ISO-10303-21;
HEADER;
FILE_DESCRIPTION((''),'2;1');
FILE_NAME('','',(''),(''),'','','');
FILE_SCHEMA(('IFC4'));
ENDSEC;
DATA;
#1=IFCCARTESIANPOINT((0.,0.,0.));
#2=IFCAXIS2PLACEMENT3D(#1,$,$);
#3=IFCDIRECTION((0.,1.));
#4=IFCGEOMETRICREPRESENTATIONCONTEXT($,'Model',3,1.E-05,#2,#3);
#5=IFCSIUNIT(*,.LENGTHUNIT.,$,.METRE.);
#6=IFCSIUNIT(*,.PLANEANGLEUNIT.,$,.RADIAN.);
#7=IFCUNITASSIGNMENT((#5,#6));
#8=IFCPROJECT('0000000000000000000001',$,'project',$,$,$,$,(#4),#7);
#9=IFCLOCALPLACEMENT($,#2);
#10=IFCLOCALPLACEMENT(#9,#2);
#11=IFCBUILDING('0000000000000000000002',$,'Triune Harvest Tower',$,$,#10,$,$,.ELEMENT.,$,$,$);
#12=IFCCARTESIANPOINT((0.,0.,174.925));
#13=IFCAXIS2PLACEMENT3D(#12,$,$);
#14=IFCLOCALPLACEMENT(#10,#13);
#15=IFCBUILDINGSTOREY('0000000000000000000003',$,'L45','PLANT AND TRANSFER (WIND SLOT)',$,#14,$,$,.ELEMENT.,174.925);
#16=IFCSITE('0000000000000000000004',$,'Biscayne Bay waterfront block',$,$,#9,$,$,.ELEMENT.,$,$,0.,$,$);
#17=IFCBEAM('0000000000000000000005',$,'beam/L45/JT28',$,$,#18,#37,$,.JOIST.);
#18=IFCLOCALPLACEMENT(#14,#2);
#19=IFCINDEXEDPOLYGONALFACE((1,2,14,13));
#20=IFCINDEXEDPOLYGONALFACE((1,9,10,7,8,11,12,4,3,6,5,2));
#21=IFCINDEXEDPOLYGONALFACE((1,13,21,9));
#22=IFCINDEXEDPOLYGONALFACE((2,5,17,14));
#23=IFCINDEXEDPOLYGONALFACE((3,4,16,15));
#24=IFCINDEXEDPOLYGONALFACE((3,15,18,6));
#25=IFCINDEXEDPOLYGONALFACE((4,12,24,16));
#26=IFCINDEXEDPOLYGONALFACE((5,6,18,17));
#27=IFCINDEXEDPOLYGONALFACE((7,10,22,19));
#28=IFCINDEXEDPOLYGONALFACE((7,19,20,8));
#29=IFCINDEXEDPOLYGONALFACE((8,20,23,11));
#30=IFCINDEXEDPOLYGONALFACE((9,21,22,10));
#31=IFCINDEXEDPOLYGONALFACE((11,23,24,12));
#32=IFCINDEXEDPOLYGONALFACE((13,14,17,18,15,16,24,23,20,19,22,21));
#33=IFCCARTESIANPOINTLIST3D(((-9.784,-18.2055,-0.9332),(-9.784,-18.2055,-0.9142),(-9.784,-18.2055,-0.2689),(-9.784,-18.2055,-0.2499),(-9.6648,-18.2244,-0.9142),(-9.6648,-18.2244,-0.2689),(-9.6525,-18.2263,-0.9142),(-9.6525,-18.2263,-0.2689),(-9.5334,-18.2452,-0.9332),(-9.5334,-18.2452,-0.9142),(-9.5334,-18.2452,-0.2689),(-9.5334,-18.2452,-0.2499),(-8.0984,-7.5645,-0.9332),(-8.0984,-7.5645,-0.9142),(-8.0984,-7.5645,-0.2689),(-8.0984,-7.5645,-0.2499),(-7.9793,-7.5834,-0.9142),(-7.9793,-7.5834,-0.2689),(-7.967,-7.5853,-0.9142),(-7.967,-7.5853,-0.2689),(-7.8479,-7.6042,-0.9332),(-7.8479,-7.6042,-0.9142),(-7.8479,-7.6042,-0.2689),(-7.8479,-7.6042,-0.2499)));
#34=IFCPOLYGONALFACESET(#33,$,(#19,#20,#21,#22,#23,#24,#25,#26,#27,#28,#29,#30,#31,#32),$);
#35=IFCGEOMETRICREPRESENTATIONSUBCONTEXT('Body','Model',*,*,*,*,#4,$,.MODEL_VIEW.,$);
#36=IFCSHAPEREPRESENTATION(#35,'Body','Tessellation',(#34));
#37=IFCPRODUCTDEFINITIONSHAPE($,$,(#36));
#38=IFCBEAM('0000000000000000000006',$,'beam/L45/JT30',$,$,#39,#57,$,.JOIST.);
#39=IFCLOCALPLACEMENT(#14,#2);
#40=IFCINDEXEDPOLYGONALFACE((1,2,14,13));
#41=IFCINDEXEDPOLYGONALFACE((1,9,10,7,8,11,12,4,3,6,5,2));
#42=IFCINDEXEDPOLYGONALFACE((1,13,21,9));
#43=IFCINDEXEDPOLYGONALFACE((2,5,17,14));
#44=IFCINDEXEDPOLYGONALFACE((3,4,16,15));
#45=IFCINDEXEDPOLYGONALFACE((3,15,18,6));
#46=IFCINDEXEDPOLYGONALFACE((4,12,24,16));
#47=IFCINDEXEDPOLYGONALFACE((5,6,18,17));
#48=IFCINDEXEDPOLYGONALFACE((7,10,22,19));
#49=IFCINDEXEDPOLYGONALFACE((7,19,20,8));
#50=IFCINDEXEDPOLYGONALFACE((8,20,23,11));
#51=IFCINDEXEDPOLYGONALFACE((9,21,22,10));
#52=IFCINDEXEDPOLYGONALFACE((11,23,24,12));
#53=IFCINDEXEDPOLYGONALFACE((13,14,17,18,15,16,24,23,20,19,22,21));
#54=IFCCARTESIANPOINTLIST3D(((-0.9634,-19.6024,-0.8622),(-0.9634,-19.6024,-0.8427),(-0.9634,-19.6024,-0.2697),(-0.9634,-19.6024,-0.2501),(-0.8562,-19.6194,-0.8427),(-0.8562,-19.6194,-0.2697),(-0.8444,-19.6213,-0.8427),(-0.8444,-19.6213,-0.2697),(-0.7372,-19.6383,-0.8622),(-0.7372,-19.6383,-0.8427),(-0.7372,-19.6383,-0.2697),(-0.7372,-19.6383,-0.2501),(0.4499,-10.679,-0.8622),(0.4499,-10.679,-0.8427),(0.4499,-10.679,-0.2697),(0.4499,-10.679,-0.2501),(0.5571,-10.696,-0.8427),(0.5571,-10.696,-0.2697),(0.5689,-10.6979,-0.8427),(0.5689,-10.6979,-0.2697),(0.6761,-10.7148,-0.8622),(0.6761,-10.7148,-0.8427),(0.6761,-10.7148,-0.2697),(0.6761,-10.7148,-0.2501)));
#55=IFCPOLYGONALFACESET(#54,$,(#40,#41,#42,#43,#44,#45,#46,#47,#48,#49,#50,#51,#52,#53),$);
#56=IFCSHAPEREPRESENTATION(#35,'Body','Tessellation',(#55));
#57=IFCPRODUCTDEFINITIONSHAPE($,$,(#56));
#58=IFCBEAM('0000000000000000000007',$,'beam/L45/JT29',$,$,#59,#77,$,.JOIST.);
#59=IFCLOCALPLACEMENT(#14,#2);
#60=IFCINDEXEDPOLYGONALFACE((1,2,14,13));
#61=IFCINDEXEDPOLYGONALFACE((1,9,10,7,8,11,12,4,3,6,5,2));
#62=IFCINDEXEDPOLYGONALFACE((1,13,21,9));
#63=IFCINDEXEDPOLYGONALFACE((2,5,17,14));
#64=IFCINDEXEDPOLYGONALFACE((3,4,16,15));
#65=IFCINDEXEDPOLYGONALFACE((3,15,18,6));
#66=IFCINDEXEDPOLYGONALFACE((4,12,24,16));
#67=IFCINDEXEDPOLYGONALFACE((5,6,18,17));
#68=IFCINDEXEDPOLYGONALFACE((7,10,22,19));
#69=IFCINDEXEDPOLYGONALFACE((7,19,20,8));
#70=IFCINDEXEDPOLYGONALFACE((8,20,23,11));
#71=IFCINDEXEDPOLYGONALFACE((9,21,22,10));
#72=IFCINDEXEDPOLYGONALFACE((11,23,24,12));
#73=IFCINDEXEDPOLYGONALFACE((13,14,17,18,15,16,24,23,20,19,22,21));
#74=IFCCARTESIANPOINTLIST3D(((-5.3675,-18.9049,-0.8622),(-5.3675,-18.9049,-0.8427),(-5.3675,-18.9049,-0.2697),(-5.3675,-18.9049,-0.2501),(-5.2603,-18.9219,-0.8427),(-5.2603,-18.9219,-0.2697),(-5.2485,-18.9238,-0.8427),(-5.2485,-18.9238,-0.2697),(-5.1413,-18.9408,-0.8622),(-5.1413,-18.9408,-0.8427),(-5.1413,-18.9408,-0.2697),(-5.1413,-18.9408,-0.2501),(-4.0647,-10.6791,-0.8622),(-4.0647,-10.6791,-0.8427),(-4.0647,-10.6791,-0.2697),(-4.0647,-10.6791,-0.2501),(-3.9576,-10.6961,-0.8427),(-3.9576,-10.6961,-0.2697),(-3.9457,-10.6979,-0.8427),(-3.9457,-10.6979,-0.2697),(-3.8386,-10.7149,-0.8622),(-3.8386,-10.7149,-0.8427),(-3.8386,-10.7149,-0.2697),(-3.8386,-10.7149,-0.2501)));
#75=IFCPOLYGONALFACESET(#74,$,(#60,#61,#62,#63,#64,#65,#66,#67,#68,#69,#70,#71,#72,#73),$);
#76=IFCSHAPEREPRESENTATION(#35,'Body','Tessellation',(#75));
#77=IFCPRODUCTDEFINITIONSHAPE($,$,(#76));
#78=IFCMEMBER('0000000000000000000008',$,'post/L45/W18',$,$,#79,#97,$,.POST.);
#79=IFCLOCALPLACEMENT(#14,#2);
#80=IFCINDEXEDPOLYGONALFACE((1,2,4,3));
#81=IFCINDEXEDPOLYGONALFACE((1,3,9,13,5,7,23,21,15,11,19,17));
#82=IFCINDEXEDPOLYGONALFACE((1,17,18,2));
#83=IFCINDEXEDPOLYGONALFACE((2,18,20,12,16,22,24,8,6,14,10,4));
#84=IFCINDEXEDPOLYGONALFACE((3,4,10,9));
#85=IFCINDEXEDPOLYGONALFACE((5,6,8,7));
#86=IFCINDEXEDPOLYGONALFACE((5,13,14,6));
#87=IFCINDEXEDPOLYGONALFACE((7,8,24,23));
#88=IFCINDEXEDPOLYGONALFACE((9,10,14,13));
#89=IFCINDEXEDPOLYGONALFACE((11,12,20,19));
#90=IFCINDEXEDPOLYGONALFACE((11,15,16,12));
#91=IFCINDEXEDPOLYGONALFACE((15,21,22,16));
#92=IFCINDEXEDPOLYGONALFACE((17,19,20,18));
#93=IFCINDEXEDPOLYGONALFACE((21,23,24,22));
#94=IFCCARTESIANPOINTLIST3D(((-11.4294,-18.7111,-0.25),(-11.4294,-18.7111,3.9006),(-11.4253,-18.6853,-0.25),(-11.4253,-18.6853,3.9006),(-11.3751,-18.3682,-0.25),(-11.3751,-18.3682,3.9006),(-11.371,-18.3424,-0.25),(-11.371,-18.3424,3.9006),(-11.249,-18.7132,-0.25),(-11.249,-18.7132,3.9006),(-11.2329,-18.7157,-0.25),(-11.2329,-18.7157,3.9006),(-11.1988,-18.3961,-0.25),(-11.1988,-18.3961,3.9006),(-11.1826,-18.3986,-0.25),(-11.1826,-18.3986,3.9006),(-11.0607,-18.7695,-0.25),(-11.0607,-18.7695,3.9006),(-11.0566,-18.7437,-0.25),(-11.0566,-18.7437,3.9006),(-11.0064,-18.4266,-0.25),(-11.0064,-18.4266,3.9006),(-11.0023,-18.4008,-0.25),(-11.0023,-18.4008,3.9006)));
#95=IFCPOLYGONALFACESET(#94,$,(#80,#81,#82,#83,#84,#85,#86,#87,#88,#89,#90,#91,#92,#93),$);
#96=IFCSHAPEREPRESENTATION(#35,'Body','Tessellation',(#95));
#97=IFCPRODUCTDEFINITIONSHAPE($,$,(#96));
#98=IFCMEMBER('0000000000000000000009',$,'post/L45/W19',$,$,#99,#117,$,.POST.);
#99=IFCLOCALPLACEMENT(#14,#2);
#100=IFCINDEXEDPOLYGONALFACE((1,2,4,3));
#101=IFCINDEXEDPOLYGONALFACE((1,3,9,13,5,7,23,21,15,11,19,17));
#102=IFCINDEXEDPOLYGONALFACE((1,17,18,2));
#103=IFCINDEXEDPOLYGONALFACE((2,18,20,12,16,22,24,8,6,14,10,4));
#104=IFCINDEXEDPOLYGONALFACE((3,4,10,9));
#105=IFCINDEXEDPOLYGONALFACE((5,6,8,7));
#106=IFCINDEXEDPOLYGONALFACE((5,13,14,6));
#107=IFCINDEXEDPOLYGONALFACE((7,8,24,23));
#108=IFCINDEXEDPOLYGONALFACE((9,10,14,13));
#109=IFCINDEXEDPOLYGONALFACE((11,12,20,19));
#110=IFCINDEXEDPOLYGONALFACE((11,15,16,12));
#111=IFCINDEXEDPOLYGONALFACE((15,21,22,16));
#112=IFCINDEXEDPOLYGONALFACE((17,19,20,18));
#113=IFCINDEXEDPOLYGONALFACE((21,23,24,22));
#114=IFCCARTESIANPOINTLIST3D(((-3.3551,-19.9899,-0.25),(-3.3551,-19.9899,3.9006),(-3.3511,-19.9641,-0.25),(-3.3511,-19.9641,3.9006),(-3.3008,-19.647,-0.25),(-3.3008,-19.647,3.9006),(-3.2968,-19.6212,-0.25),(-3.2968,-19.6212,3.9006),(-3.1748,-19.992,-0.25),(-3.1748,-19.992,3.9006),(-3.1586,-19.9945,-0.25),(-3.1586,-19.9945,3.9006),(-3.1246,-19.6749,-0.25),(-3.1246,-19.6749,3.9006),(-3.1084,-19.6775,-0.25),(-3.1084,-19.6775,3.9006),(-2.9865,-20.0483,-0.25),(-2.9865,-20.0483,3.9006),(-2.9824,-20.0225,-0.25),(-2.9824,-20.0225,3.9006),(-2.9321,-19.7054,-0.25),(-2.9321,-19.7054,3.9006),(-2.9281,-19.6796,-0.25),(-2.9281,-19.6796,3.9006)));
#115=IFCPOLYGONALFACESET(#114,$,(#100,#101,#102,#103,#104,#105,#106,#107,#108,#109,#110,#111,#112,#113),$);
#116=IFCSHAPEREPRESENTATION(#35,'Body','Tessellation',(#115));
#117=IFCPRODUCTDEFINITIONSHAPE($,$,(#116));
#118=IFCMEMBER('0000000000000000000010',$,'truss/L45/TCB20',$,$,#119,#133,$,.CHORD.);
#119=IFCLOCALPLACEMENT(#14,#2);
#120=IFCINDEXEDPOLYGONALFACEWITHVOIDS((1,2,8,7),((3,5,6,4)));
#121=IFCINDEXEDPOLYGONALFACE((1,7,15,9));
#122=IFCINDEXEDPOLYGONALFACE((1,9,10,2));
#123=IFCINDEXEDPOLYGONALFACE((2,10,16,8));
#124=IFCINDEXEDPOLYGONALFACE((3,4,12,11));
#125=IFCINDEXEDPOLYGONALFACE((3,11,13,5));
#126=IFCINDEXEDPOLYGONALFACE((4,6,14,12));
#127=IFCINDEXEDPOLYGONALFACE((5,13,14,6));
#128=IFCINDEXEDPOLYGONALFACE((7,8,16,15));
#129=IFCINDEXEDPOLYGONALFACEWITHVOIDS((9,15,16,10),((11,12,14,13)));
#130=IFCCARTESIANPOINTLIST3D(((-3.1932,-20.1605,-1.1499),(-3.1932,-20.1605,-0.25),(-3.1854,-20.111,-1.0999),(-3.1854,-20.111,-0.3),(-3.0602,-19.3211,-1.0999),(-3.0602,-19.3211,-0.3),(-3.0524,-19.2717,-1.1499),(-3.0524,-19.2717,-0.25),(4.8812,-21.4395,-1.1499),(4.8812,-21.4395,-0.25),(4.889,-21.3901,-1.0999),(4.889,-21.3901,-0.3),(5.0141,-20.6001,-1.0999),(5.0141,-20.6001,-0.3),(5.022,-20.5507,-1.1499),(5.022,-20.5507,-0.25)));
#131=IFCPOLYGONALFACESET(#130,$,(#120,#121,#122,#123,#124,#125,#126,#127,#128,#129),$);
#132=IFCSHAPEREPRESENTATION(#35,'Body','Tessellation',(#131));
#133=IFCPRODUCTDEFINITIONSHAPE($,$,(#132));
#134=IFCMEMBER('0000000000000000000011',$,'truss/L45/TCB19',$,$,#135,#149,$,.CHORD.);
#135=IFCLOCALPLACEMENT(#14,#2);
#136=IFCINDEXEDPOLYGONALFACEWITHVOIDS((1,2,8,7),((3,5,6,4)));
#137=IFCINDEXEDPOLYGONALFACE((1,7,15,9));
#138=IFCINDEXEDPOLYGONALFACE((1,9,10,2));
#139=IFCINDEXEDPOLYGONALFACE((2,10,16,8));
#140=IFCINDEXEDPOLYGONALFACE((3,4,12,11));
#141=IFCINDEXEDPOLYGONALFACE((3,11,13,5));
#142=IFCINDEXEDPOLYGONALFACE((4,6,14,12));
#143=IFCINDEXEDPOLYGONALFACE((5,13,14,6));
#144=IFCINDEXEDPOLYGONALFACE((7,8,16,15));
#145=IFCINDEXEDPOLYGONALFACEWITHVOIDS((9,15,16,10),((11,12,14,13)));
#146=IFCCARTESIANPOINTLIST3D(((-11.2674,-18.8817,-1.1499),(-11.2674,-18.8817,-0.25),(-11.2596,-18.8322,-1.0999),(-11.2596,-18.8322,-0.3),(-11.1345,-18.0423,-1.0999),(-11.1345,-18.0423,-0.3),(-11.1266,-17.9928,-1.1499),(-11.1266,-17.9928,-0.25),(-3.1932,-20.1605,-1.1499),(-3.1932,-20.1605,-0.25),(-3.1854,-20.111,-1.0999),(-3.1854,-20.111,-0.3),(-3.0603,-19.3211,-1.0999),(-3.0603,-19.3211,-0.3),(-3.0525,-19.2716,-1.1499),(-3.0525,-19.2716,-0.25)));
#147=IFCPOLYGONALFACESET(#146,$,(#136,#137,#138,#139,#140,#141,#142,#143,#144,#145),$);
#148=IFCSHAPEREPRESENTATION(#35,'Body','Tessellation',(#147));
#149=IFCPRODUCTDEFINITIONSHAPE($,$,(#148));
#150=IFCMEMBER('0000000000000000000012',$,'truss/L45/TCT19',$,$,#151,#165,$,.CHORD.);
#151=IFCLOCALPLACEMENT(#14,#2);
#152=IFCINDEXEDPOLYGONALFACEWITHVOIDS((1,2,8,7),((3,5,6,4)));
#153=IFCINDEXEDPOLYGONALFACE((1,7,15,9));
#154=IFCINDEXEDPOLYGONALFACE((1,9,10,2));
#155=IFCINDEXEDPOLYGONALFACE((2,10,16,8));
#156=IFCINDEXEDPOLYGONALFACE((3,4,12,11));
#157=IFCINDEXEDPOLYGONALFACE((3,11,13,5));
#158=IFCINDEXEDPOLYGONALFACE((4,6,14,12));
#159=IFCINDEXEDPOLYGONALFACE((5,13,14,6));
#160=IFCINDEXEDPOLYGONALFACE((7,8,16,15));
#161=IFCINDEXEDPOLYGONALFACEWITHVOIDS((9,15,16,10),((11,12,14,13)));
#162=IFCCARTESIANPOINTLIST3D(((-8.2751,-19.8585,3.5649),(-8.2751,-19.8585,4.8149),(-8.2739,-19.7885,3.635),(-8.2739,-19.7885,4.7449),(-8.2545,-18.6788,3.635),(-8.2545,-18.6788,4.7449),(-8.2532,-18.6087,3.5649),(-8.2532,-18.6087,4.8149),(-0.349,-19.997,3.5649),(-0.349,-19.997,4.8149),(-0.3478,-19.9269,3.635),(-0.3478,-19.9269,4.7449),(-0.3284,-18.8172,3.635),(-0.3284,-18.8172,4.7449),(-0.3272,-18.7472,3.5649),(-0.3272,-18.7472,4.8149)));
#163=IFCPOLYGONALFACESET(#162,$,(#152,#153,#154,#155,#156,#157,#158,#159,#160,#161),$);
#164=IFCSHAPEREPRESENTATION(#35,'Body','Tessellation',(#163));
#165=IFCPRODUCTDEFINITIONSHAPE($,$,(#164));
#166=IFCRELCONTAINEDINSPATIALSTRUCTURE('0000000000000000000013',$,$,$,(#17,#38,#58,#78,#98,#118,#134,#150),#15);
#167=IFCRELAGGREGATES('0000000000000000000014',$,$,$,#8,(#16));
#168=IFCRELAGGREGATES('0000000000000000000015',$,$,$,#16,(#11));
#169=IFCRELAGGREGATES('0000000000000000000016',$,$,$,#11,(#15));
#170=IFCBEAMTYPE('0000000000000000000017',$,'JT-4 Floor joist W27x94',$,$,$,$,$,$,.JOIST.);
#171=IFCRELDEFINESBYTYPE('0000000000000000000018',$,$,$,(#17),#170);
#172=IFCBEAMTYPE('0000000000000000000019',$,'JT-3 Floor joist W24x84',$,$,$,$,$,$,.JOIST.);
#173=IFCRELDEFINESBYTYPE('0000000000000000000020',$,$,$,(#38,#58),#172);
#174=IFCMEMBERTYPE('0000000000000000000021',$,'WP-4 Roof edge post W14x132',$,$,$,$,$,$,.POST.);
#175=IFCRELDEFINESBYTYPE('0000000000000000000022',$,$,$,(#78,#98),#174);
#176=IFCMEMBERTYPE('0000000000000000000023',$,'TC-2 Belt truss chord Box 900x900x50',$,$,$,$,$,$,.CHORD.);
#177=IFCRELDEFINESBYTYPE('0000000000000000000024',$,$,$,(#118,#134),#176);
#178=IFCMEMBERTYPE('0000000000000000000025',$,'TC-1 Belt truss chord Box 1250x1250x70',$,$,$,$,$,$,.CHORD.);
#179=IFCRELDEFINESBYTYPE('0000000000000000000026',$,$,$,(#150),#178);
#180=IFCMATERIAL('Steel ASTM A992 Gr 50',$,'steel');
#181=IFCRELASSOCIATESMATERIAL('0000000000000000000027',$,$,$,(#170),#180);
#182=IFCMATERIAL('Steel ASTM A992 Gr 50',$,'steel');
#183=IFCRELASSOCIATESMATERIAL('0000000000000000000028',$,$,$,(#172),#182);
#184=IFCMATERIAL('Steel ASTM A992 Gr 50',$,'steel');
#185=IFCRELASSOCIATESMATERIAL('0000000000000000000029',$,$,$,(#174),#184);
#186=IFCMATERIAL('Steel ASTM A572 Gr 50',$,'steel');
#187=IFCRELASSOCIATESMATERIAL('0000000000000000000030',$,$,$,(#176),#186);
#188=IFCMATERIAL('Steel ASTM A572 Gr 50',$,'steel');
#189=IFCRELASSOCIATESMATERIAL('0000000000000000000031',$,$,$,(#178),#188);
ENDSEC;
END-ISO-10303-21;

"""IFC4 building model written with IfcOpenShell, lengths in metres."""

from ifc_helpers import new_model, si_unit, direction, frame, origin, origin_2d, place, context, subcontext, project, spatial, hollow_rectangle, i_section, extrude, source, transform, mapped, material, material_profile, profile_set, type_object, element, save


model = new_model("IFC4")

# Units and contexts
model_context = context("Model", 3, precision=1e-05, world=origin(), true_north=direction((0.0, 1.0)))
body_context = subcontext(model_context, "Body", "Model", "MODEL_VIEW")
ifc_project = project(units=[si_unit("LENGTHUNIT", "METRE"), si_unit("PLANEANGLEUNIT", "RADIAN")], contexts=[model_context])

# Site, building, storey
site_placement = place(None, origin())
site = spatial("IfcSite", under=ifc_project, at=site_placement, Name="Biscayne Bay waterfront block", CompositionType="ELEMENT", RefElevation=0.0)
building_placement = place(site_placement, origin())
building = spatial("IfcBuilding", under=site, at=building_placement, Name="Triune Harvest Tower", CompositionType="ELEMENT")
storey_placement = place(building_placement, frame((0.0, 0.0, 174.925)))
storey = spatial("IfcBuildingStorey", under=building, at=storey_placement, Name="L45", Description="PLANT AND TRANSFER (WIND SLOT)", CompositionType="ELEMENT", Elevation=174.925)

# Beams
ifc_material_1 = material(Name="Steel ASTM A992 Gr 50", Category="steel")
ifc_material_profile_1 = material_profile(ifc_material_1, i_section(OverallWidth=0.2537, OverallDepth=0.6833, WebThickness=0.0125, FlangeThickness=0.019, at=origin_2d()), Name="W27x94")
ifc_profile_set_1 = profile_set([ifc_material_profile_1], Name="Steel ASTM A992 Gr 50")
beam_type_1 = type_object("IfcBeamType", Name="JT-4 Floor joist W27x94", PredefinedType="JOIST", material=ifc_profile_set_1)
shared_shape_1 = source(origin(), body_context, "Body", "SweptSolid", [
    extrude(i_section(OverallWidth=0.2537, OverallDepth=0.6833, WebThickness=0.0125, FlangeThickness=0.019, at=origin_2d()), origin(), (0.0, 0.0, 1.0), 10.7737),
])
beam_1_placement = place(storey_placement, frame((-9.6587, -18.2253, -0.5916), z_axis=(0.156449, 0.987686, 0.0), x_axis=(-0.987686, 0.156449, 0.0)))
element("IfcBeam", 1, at=beam_1_placement, inside=storey, type_object=beam_type_1, Name="beam/L45/JT28", PredefinedType="JOIST", context=body_context, shape_type="MappedRepresentation", body=[
    mapped(shared_shape_1, transform((0.0, 0.0, 0.0), scale=1.0)),
])
ifc_material_2 = material(Name="Steel ASTM A992 Gr 50", Category="steel")
ifc_material_profile_2 = material_profile(ifc_material_2, i_section(OverallWidth=0.229, OverallDepth=0.6121, WebThickness=0.012, FlangeThickness=0.0195, at=origin_2d()), Name="W24x84")
ifc_profile_set_2 = profile_set([ifc_material_profile_2], Name="Steel ASTM A992 Gr 50")
beam_type_2 = type_object("IfcBeamType", Name="JT-3 Floor joist W24x84", PredefinedType="JOIST", material=ifc_profile_set_2)
shared_shape_2 = source(origin(), body_context, "Body", "SweptSolid", [
    extrude(i_section(OverallWidth=0.229, OverallDepth=0.6121, WebThickness=0.012, FlangeThickness=0.0195, at=origin_2d()), origin(), (0.0, 0.0, 1.0), 9.0347),
])
beam_2_placement = place(storey_placement, frame((-0.8503, -19.6204, -0.5562), z_axis=(0.156436, 0.987688, 0.0), x_axis=(-0.987688, 0.156436, 0.0)))
element("IfcBeam", 2, at=beam_2_placement, inside=storey, type_object=beam_type_2, Name="beam/L45/JT30", PredefinedType="JOIST", context=body_context, shape_type="MappedRepresentation", body=[
    mapped(shared_shape_2, transform((0.0, 0.0, 0.0), scale=1.0)),
])
shared_shape_3 = source(origin(), body_context, "Body", "SweptSolid", [
    extrude(i_section(OverallWidth=0.229, OverallDepth=0.6121, WebThickness=0.012, FlangeThickness=0.0195, at=origin_2d()), origin(), (0.0, 0.0, 1.0), 8.3284),
])
beam_3_placement = place(storey_placement, frame((-5.2544, -18.9229, -0.5562), z_axis=(0.156422, 0.98769, 0.0), x_axis=(-0.98769, 0.156422, 0.0)))
element("IfcBeam", 3, at=beam_3_placement, inside=storey, type_object=beam_type_2, Name="beam/L45/JT29", PredefinedType="JOIST", context=body_context, shape_type="MappedRepresentation", body=[
    mapped(shared_shape_3, transform((0.0, 0.0, 0.0), scale=1.0)),
])

# Members
ifc_material_3 = material(Name="Steel ASTM A992 Gr 50", Category="steel")
ifc_material_profile_3 = material_profile(ifc_material_3, i_section(OverallWidth=0.3733, OverallDepth=0.3733, WebThickness=0.0164, FlangeThickness=0.0261, at=origin_2d()), Name="W14x132")
ifc_profile_set_3 = profile_set([ifc_material_profile_3], Name="Steel ASTM A992 Gr 50")
member_type_1 = type_object("IfcMemberType", Name="WP-4 Roof edge post W14x132", PredefinedType="POST", material=ifc_profile_set_3)
shared_shape_4 = source(origin(), body_context, "Body", "SweptSolid", [
    extrude(i_section(OverallWidth=0.3733, OverallDepth=0.3733, WebThickness=0.0164, FlangeThickness=0.0261, at=origin_2d()), origin(), (0.0, 0.0, 1.0), 4.1506),
])
for number, where, z_axis, x_axis, name in (
    (4, (-11.2158, -18.5559, -0.25), (0.0, 0.0, 1.0), (0.987688, -0.156434, 0.0), "post/L45/W18"),
    (5, (-3.1416, -19.8347, -0.25), (0.0, 0.0, 1.0), (0.987688, -0.156434, 0.0), "post/L45/W19"),
):
    element("IfcMember", number, at=place(storey_placement, frame(where, z_axis=z_axis, x_axis=x_axis)), inside=storey, type_object=member_type_1, Name=name, PredefinedType="POST", context=body_context, shape_type="MappedRepresentation", body=[
        mapped(shared_shape_4, transform((0.0, 0.0, 0.0), scale=1.0)),
    ])
ifc_material_4 = material(Name="Steel ASTM A572 Gr 50", Category="steel")
ifc_material_profile_4 = material_profile(ifc_material_4, hollow_rectangle(XDim=0.8999, YDim=0.8999, WallThickness=0.05, at=origin_2d()), Name="Box 900x900x50")
ifc_profile_set_4 = profile_set([ifc_material_profile_4], Name="Steel ASTM A572 Gr 50")
member_type_2 = type_object("IfcMemberType", Name="TC-2 Belt truss chord Box 900x900x50", PredefinedType="CHORD", material=ifc_profile_set_4)
shared_shape_5 = source(origin(), body_context, "Body", "SweptSolid", [
    extrude(hollow_rectangle(XDim=0.8999, YDim=0.8999, WallThickness=0.05, at=origin_2d()), origin(), (0.0, 0.0, 1.0), 8.175),
])
member_1_placement = place(storey_placement, frame((-3.1228, -19.7161, -0.7), z_axis=(0.987685, -0.156456, 0.0), x_axis=(0.156456, 0.987685, 0.0)))
element("IfcMember", 6, at=member_1_placement, inside=storey, type_object=member_type_2, Name="truss/L45/TCB20", PredefinedType="CHORD", context=body_context, shape_type="MappedRepresentation", body=[
    mapped(shared_shape_5, transform((0.0, 0.0, 0.0), scale=1.0)),
])
shared_shape_6 = source(origin(), body_context, "Body", "SweptSolid", [
    extrude(hollow_rectangle(XDim=0.8999, YDim=0.8999, WallThickness=0.05, at=origin_2d()), origin(), (0.0, 0.0, 1.0), 8.1748),
])
member_2_placement = place(storey_placement, frame((-11.197, -18.4373, -0.7), z_axis=(0.987689, -0.156432, 0.0), x_axis=(0.156432, 0.987689, 0.0)))
element("IfcMember", 7, at=member_2_placement, inside=storey, type_object=member_type_2, Name="truss/L45/TCB19", PredefinedType="CHORD", context=body_context, shape_type="MappedRepresentation", body=[
    mapped(shared_shape_6, transform((0.0, 0.0, 0.0), scale=1.0)),
])
ifc_material_5 = material(Name="Steel ASTM A572 Gr 50", Category="steel")
ifc_material_profile_5 = material_profile(ifc_material_5, hollow_rectangle(XDim=1.25, YDim=1.25, WallThickness=0.0701, at=origin_2d()), Name="Box 1250x1250x70")
ifc_profile_set_5 = profile_set([ifc_material_profile_5], Name="Steel ASTM A572 Gr 50")
member_type_3 = type_object("IfcMemberType", Name="TC-1 Belt truss chord Box 1250x1250x70", PredefinedType="CHORD", material=ifc_profile_set_5)
shared_shape_7 = source(origin(), body_context, "Body", "SweptSolid", [
    extrude(hollow_rectangle(XDim=1.25, YDim=1.25, WallThickness=0.0701, at=origin_2d()), origin(), (0.0, 0.0, 1.0), 7.9272),
])
for number, where, z_axis, x_axis, name in (
    (8, (-8.2642, -19.2336, 4.1899), (0.999848, -0.017462, 0.0), (0.017462, 0.999848, 0.0), "truss/L45/TCT19"),
):
    element("IfcMember", number, at=place(storey_placement, frame(where, z_axis=z_axis, x_axis=x_axis)), inside=storey, type_object=member_type_3, Name=name, PredefinedType="CHORD", context=body_context, shape_type="MappedRepresentation", body=[
        mapped(shared_shape_7, transform((0.0, 0.0, 0.0), scale=1.0)),
    ])

save(model, "model.ifc")
